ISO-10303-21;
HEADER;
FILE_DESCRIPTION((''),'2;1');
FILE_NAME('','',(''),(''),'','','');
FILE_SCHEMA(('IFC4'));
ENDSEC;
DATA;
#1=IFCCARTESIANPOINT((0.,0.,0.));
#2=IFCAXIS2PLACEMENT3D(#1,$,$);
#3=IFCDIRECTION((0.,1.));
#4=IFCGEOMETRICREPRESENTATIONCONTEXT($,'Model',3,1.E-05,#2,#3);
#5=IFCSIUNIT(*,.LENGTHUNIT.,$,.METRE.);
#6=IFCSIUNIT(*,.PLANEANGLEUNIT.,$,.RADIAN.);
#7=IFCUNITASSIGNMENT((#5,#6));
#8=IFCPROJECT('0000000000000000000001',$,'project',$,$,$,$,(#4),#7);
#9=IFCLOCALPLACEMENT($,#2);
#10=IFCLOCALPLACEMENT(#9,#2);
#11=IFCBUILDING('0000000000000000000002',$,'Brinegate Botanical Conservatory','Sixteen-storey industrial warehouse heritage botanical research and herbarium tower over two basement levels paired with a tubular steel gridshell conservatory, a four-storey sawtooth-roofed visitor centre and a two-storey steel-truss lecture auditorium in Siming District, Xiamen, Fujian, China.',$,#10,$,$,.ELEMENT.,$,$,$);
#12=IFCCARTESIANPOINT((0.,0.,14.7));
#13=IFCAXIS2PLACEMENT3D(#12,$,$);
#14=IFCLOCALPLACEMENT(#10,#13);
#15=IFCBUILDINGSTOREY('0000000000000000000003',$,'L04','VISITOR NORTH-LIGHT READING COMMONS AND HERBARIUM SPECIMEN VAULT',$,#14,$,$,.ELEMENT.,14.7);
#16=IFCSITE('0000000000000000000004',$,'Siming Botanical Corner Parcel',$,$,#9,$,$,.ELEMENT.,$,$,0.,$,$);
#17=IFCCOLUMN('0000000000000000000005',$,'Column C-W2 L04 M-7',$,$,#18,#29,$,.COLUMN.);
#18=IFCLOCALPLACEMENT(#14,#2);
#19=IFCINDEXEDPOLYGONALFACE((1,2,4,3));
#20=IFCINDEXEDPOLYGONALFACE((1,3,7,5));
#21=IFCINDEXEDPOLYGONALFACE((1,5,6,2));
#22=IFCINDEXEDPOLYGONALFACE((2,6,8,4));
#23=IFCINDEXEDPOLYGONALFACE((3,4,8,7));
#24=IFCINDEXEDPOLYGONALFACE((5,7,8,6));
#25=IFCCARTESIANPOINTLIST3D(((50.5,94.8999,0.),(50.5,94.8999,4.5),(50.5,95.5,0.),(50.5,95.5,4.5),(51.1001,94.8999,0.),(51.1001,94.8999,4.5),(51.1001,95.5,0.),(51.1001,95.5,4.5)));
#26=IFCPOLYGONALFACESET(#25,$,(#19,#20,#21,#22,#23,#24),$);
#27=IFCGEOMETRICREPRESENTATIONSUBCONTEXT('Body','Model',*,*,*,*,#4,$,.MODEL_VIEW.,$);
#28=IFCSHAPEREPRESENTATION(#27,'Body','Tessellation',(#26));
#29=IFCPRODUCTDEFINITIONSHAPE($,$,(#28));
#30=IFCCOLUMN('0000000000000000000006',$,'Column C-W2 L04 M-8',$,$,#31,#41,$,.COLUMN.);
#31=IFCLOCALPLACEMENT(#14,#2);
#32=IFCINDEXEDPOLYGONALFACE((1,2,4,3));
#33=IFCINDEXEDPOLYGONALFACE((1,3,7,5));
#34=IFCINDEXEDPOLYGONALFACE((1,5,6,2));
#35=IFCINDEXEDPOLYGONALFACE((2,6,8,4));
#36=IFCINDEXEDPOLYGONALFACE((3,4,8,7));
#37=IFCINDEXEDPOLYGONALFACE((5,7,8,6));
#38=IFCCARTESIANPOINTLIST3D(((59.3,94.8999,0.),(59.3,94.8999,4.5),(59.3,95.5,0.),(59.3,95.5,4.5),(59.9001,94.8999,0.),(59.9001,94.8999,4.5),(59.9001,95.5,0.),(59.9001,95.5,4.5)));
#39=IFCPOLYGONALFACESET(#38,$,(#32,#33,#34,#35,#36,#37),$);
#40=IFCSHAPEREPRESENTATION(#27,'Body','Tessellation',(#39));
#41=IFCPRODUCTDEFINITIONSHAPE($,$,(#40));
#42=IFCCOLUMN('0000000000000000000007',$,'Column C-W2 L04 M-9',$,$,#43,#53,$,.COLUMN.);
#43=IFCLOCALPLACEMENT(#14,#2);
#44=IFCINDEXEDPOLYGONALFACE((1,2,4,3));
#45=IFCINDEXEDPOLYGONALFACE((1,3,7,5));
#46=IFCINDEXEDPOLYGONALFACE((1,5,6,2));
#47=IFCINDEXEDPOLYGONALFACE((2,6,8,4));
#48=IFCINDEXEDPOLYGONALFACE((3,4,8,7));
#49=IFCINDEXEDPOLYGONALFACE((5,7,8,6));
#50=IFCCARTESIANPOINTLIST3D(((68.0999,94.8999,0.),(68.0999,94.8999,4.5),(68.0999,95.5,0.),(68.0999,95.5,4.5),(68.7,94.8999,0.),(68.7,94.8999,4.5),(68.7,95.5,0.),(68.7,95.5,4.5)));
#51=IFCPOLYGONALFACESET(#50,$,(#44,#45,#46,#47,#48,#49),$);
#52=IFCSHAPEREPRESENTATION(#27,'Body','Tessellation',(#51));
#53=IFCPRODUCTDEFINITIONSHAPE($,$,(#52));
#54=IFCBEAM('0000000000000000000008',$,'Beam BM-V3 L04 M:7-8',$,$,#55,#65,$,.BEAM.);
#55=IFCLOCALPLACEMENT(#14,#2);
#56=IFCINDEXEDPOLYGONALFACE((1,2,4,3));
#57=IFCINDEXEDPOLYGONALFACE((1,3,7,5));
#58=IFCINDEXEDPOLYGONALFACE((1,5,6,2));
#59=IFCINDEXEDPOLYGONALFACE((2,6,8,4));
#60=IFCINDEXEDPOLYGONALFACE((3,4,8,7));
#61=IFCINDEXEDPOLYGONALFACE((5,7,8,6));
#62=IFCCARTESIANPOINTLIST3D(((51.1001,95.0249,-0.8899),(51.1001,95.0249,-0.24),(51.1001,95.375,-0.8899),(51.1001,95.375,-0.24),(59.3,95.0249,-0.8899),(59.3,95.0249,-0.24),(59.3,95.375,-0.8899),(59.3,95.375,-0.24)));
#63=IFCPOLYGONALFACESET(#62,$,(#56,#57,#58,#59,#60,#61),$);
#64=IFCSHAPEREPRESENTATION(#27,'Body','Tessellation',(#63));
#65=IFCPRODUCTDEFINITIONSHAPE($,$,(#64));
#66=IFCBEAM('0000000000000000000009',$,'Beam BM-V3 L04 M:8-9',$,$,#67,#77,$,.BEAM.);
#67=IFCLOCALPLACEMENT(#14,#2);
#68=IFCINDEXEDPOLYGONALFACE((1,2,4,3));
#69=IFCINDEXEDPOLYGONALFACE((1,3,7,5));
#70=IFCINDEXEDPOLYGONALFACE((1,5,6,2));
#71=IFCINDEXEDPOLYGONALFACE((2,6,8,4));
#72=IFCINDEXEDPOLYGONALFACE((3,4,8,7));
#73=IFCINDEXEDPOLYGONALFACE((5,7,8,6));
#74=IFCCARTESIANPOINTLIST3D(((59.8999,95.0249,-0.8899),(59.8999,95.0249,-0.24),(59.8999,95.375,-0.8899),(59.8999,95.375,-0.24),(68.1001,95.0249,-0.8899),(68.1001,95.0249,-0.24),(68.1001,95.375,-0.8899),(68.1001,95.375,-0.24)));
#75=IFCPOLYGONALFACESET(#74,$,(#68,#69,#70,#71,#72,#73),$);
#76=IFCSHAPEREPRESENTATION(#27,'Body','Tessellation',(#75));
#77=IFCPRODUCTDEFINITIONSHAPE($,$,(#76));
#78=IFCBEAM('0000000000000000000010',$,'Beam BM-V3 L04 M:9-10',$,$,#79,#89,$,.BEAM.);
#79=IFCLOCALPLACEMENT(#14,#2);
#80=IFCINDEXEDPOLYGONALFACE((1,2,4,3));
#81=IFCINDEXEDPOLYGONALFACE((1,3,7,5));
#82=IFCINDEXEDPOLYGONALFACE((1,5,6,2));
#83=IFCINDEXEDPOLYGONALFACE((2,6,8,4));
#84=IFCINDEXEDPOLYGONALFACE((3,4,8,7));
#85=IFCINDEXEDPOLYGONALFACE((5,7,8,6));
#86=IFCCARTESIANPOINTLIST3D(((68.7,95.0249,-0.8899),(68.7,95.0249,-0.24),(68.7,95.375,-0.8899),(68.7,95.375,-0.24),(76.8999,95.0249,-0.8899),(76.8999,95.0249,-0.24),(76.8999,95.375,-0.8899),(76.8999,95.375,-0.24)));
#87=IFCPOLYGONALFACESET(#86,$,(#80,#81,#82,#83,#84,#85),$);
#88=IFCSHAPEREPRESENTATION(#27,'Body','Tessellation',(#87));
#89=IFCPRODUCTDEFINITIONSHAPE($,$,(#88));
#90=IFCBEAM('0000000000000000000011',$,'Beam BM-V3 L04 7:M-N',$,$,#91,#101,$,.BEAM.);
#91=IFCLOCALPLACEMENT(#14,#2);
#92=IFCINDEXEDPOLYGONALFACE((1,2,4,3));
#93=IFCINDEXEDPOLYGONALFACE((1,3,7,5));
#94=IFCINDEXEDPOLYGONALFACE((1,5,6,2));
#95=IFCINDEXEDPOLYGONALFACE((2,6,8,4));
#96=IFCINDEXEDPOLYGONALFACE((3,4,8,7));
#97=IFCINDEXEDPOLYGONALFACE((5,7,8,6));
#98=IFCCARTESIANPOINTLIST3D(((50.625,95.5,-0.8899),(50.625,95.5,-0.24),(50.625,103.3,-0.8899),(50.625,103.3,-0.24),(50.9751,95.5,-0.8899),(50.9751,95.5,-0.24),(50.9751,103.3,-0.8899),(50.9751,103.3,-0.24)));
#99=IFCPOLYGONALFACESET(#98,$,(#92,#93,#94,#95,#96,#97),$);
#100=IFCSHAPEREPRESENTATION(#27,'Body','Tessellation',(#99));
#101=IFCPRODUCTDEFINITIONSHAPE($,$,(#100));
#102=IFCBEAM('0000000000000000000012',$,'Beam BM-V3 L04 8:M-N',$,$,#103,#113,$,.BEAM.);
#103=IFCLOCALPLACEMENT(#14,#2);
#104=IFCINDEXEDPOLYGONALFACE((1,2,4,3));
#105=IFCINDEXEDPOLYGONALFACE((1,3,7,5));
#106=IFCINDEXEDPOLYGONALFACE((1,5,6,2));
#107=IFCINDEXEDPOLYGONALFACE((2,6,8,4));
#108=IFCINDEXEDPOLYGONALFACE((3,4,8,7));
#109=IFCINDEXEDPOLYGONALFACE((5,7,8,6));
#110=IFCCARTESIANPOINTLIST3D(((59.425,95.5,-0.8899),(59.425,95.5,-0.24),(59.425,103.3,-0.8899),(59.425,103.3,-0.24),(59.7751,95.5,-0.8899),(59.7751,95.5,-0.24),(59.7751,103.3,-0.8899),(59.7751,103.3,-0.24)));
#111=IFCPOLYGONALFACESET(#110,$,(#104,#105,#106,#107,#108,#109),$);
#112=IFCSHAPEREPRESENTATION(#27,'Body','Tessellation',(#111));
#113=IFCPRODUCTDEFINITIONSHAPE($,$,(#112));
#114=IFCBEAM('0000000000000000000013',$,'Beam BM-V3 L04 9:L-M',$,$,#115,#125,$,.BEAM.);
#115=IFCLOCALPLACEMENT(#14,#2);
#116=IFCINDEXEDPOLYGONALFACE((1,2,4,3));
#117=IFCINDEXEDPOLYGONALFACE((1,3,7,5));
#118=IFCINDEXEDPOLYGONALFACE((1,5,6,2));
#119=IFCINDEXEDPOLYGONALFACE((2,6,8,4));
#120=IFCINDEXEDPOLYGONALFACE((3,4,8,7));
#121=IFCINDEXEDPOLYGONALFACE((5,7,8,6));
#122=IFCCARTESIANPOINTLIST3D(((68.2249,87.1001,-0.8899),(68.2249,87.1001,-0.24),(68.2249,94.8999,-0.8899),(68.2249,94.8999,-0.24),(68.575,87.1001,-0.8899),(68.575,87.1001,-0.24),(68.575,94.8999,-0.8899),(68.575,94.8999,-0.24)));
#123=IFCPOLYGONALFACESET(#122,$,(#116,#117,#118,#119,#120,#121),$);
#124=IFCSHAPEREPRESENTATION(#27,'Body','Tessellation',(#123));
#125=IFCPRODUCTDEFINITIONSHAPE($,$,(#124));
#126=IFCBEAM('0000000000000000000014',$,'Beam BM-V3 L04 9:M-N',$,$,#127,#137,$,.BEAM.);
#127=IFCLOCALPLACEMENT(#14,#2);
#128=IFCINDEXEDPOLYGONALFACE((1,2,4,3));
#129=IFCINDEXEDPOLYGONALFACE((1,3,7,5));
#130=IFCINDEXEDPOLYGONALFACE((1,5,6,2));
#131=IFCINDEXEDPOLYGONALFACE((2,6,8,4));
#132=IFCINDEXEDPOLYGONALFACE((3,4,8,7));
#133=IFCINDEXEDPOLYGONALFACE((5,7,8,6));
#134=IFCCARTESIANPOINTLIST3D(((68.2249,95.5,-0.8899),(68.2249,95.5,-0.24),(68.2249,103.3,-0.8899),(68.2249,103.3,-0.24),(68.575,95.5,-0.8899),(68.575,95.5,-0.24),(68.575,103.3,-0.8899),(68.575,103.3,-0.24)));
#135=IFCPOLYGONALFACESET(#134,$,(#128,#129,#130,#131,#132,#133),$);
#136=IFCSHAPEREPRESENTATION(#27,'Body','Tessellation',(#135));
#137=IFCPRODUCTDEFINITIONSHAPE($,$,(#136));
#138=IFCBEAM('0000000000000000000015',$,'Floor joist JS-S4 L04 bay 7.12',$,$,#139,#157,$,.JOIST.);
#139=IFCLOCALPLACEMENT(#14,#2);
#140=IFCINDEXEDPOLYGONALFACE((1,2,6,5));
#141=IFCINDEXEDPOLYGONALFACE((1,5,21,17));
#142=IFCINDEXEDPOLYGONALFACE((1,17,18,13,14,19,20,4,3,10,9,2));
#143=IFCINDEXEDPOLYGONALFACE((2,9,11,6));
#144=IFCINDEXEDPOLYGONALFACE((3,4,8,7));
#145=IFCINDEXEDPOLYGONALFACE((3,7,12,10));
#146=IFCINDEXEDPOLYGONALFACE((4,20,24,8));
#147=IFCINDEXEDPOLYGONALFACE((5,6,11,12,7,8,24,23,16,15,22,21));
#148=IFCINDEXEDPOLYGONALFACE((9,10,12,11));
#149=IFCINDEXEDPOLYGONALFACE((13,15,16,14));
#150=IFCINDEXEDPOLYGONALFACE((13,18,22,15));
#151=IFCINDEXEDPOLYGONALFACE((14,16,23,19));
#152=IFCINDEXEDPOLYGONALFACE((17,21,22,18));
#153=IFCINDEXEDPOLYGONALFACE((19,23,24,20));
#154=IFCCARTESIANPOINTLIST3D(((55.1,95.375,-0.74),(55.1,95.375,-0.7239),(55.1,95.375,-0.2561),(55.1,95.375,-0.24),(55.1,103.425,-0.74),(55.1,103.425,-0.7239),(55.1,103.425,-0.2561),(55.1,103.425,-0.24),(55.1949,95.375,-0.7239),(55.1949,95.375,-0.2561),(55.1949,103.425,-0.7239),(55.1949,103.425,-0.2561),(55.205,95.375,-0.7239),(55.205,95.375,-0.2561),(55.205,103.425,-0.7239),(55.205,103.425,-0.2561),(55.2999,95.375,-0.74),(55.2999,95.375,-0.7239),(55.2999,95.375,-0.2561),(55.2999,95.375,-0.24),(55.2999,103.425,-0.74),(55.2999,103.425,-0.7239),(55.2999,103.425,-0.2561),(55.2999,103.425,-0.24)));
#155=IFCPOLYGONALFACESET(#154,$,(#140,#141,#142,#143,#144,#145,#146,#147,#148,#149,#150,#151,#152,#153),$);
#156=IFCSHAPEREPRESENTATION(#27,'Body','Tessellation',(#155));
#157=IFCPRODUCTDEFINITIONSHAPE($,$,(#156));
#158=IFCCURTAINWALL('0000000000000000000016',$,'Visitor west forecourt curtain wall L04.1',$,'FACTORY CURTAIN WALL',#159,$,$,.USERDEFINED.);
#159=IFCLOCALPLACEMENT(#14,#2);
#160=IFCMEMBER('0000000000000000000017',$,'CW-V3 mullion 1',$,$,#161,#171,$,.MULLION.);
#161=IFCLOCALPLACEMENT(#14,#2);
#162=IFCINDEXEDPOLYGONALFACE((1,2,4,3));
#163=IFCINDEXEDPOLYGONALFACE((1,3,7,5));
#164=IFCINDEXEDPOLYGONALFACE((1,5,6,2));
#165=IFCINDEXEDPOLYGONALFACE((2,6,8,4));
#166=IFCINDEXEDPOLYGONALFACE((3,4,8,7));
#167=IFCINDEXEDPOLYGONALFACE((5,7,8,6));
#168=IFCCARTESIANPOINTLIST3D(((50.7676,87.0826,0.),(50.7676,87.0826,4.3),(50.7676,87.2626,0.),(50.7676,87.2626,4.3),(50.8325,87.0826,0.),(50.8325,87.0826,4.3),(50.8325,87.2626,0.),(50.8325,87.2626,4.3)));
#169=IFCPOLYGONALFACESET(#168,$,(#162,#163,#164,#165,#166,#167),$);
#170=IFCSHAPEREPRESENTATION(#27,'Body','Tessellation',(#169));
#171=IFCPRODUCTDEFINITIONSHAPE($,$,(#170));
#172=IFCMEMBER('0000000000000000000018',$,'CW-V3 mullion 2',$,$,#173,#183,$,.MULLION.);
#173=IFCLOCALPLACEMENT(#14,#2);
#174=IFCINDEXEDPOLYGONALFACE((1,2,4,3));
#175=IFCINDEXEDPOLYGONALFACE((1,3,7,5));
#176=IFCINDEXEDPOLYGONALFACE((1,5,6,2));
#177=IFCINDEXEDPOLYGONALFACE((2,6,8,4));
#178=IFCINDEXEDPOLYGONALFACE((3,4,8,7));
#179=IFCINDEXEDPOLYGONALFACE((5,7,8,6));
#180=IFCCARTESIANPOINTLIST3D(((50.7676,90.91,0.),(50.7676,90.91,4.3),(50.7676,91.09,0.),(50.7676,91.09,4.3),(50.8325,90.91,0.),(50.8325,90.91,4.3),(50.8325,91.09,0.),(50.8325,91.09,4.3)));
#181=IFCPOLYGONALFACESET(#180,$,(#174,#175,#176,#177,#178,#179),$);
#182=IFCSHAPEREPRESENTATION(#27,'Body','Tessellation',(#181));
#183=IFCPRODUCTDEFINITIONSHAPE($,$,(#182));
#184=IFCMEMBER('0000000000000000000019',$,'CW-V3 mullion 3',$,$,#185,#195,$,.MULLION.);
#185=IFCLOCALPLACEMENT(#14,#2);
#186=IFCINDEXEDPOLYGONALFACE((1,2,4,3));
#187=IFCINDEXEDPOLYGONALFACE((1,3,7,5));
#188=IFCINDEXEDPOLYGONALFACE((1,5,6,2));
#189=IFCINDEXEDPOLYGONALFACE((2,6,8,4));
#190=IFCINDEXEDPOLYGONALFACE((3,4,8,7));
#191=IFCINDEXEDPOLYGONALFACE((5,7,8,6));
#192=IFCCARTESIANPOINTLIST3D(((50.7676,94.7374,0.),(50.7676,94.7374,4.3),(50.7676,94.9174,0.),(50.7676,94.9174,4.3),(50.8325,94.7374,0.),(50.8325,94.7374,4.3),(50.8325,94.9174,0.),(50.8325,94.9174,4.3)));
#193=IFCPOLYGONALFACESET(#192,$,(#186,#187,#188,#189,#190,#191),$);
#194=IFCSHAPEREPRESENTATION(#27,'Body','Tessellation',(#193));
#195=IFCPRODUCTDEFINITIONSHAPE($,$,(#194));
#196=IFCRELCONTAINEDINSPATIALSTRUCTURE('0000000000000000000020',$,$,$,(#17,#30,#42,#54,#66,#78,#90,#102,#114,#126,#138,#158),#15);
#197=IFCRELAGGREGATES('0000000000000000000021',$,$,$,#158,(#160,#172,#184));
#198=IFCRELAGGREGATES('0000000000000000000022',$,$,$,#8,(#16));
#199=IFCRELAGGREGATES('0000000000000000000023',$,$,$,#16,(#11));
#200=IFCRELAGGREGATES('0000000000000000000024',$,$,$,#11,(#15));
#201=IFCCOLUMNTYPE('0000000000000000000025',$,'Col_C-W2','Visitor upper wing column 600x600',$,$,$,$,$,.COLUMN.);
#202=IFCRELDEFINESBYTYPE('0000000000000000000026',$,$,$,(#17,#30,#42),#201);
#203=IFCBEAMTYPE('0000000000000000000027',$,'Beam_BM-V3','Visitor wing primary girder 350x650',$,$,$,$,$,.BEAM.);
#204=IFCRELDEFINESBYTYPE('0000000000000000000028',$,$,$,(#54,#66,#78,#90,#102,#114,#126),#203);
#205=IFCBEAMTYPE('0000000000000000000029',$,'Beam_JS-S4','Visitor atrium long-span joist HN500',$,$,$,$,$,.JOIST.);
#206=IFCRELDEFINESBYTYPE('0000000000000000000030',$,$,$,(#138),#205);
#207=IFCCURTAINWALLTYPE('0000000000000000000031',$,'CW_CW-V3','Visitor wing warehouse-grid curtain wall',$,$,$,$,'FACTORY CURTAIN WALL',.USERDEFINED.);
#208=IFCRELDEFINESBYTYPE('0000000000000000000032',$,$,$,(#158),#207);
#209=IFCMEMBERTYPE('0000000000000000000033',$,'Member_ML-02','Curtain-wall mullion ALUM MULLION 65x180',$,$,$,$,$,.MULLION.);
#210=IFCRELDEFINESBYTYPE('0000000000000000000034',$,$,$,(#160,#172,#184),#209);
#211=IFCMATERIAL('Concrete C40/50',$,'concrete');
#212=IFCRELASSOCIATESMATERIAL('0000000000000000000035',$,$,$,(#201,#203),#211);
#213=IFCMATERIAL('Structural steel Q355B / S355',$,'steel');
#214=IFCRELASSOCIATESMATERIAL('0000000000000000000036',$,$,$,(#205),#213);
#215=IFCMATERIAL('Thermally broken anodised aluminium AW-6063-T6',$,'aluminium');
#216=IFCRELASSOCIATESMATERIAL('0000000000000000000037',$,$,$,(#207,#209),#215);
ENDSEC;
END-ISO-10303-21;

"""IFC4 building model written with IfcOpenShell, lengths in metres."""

from ifc_helpers import new_model, si_unit, direction, frame, origin, origin_2d, place, context, subcontext, project, spatial, rectangle, i_section, extrude, material, material_profile, profile_set, type_object, element, aggregate, save


model = new_model("IFC4")

# Units and contexts
model_context = context("Model", 3, precision=1e-05, world=origin(), true_north=direction((0.0, 1.0)))
body_context = subcontext(model_context, "Body", "Model", "MODEL_VIEW")
ifc_project = project(units=[si_unit("LENGTHUNIT", "METRE"), si_unit("PLANEANGLEUNIT", "RADIAN")], contexts=[model_context])

# Site, building, storey
site_placement = place(None, origin())
site = spatial("IfcSite", under=ifc_project, at=site_placement, Name="Siming Botanical Corner Parcel", CompositionType="ELEMENT", RefElevation=0.0)
building_placement = place(site_placement, origin())
building = spatial("IfcBuilding", under=site, at=building_placement, Name="Brinegate Botanical Conservatory", Description="Sixteen-storey industrial warehouse heritage botanical research and herbarium tower over two basement levels paired with a tubular steel gridshell conservatory, a four-storey sawtooth-roofed visitor centre and a two-storey steel-truss lecture auditorium in Siming District, Xiamen, Fujian, China.", CompositionType="ELEMENT")
storey_placement = place(building_placement, frame((0.0, 0.0, 14.7)))
storey = spatial("IfcBuildingStorey", under=building, at=storey_placement, Name="L04", Description="VISITOR NORTH-LIGHT READING COMMONS AND HERBARIUM SPECIMEN VAULT", CompositionType="ELEMENT", Elevation=14.7)

# Columns
ifc_material_1 = material(Name="Concrete C40/50", Category="concrete")
ifc_material_profile_1 = material_profile(ifc_material_1, rectangle(XDim=0.6001, YDim=0.6001, at=origin_2d()), Name="RC COL 600x600")
ifc_profile_set_1 = profile_set([ifc_material_profile_1], Name="Concrete C40/50")
column_type = type_object("IfcColumnType", Name="Col_C-W2", Description="Visitor upper wing column 600x600", PredefinedType="COLUMN", material=ifc_profile_set_1)
for number, where, z_axis, x_axis, name in (
    (1, (50.8, 95.2, 0.0), (0.0, 0.0, 1.0), (1.0, 0.0, 0.0), "Column C-W2 L04 M-7"),
    (2, (59.6001, 95.2, 0.0), (0.0, 0.0, 1.0), (1.0, 0.0, 0.0), "Column C-W2 L04 M-8"),
    (3, (68.3999, 95.2, 0.0), (0.0, 0.0, 1.0), (1.0, 0.0, 0.0), "Column C-W2 L04 M-9"),
):
    element("IfcColumn", number, at=place(storey_placement, frame(where, z_axis=z_axis, x_axis=x_axis)), inside=storey, type_object=column_type, Name=name, PredefinedType="COLUMN", context=body_context, shape_type="SweptSolid", body=[
        extrude(rectangle(XDim=0.6001, YDim=0.6001, at=origin_2d()), origin(), (0.0, 0.0, 1.0), 4.5),
    ])

# Beams
ifc_material_profile_2 = material_profile(ifc_material_1, rectangle(XDim=0.3501, YDim=0.6499, at=origin_2d()), Name="RC BM 350x650")
ifc_profile_set_2 = profile_set([ifc_material_profile_2], Name="Concrete C40/50")
beam_type_1 = type_object("IfcBeamType", Name="Beam_BM-V3", Description="Visitor wing primary girder 350x650", PredefinedType="BEAM", material=ifc_profile_set_2)
beam_1_placement = place(storey_placement, frame((51.1001, 95.2, -0.5649), z_axis=(1.0, 0.0, 0.0), x_axis=(0.0, 1.0, 0.0)))
element("IfcBeam", 4, at=beam_1_placement, inside=storey, type_object=beam_type_1, Name="Beam BM-V3 L04 M:7-8", PredefinedType="BEAM", context=body_context, shape_type="SweptSolid", body=[
    extrude(rectangle(XDim=0.3501, YDim=0.6499, at=origin_2d()), origin(), (0.0, 0.0, 1.0), 8.2),
])
beam_2_placement = place(storey_placement, frame((59.8999, 95.2, -0.5649), z_axis=(1.0, 0.0, 0.0), x_axis=(0.0, 1.0, 0.0)))
element("IfcBeam", 5, at=beam_2_placement, inside=storey, type_object=beam_type_1, Name="Beam BM-V3 L04 M:8-9", PredefinedType="BEAM", context=body_context, shape_type="SweptSolid", body=[
    extrude(rectangle(XDim=0.3501, YDim=0.6499, at=origin_2d()), origin(), (0.0, 0.0, 1.0), 8.2002),
])
beam_3_placement = place(storey_placement, frame((68.7, 95.2, -0.5649), z_axis=(1.0, 0.0, 0.0), x_axis=(0.0, 1.0, 0.0)))
element("IfcBeam", 6, at=beam_3_placement, inside=storey, type_object=beam_type_1, Name="Beam BM-V3 L04 M:9-10", PredefinedType="BEAM", context=body_context, shape_type="SweptSolid", body=[
    extrude(rectangle(XDim=0.3501, YDim=0.6499, at=origin_2d()), origin(), (0.0, 0.0, 1.0), 8.2),
])
for number, where, z_axis, x_axis, name in (
    (7, (50.8, 95.5, -0.5649), (0.0, 1.0, 0.0), (-1.0, 0.0, 0.0), "Beam BM-V3 L04 7:M-N"),
    (8, (59.6001, 95.5, -0.5649), (0.0, 1.0, 0.0), (-1.0, 0.0, 0.0), "Beam BM-V3 L04 8:M-N"),
):
    element("IfcBeam", number, at=place(storey_placement, frame(where, z_axis=z_axis, x_axis=x_axis)), inside=storey, type_object=beam_type_1, Name=name, PredefinedType="BEAM", context=body_context, shape_type="SweptSolid", body=[
        extrude(rectangle(XDim=0.3501, YDim=0.6499, at=origin_2d()), origin(), (0.0, 0.0, 1.0), 7.8),
    ])
beam_4_placement = place(storey_placement, frame((68.3999, 87.1001, -0.5649), z_axis=(0.0, 1.0, 0.0), x_axis=(-1.0, 0.0, 0.0)))
element("IfcBeam", 9, at=beam_4_placement, inside=storey, type_object=beam_type_1, Name="Beam BM-V3 L04 9:L-M", PredefinedType="BEAM", context=body_context, shape_type="SweptSolid", body=[
    extrude(rectangle(XDim=0.3501, YDim=0.6499, at=origin_2d()), origin(), (0.0, 0.0, 1.0), 7.7998),
])
beam_5_placement = place(storey_placement, frame((68.3999, 95.5, -0.5649), z_axis=(0.0, 1.0, 0.0), x_axis=(-1.0, 0.0, 0.0)))
element("IfcBeam", 10, at=beam_5_placement, inside=storey, type_object=beam_type_1, Name="Beam BM-V3 L04 9:M-N", PredefinedType="BEAM", context=body_context, shape_type="SweptSolid", body=[
    extrude(rectangle(XDim=0.3501, YDim=0.6499, at=origin_2d()), origin(), (0.0, 0.0, 1.0), 7.8),
])
ifc_material_2 = material(Name="Structural steel Q355B / S355", Category="steel")
ifc_material_profile_3 = material_profile(ifc_material_2, i_section(OverallWidth=0.2, OverallDepth=0.5, WebThickness=0.01, FlangeThickness=0.0161, at=origin_2d()), Name="HN 500x200x10x16")
ifc_profile_set_3 = profile_set([ifc_material_profile_3], Name="Structural steel Q355B / S355")
beam_type_2 = type_object("IfcBeamType", Name="Beam_JS-S4", Description="Visitor atrium long-span joist HN500", PredefinedType="JOIST", material=ifc_profile_set_3)
beam_6_placement = place(storey_placement, frame((55.2, 95.375, -0.49), z_axis=(0.0, 1.0, 0.0), x_axis=(-1.0, 0.0, 0.0)))
element("IfcBeam", 11, at=beam_6_placement, inside=storey, type_object=beam_type_2, Name="Floor joist JS-S4 L04 bay 7.12", PredefinedType="JOIST", context=body_context, shape_type="SweptSolid", body=[
    extrude(i_section(OverallWidth=0.2, OverallDepth=0.5, WebThickness=0.01, FlangeThickness=0.0161, at=origin_2d()), origin(), (0.0, 0.0, 1.0), 8.05),
])

# Curtain wall, members
ifc_material_3 = material(Name="Thermally broken anodised aluminium AW-6063-T6", Category="aluminium")
curtain_wall_type = type_object("IfcCurtainWallType", Name="CW_CW-V3", Description="Visitor wing warehouse-grid curtain wall", ElementType="FACTORY CURTAIN WALL", PredefinedType="USERDEFINED", material=ifc_material_3)
curtain_wall_placement = place(storey_placement, origin())
curtain_wall = element("IfcCurtainWall", 12, at=curtain_wall_placement, inside=storey, type_object=curtain_wall_type, Name="Visitor west forecourt curtain wall L04.1", ObjectType="FACTORY CURTAIN WALL", PredefinedType="USERDEFINED")
ifc_material_profile_4 = material_profile(ifc_material_3, rectangle(XDim=0.0649, YDim=0.1799, at=origin_2d()), Name="ALUM MULLION 65x180")
ifc_profile_set_4 = profile_set([ifc_material_profile_4], Name="Thermally broken anodised aluminium AW-6063-T6")
member_type_1 = type_object("IfcMemberType", Name="Member_ML-02", Description="Curtain-wall mullion ALUM MULLION 65x180", PredefinedType="MULLION", material=ifc_profile_set_4)
member_1_placement = place(storey_placement, frame((50.8, 87.1726, 0.0), z_axis=(0.0, 0.0, 1.0), x_axis=(-1.0, 0.0, 0.0)))
member_1 = element("IfcMember", 13, at=member_1_placement, type_object=member_type_1, Name="CW-V3 mullion 1", PredefinedType="MULLION", context=body_context, shape_type="SweptSolid", body=[
    extrude(rectangle(XDim=0.0649, YDim=0.1799, at=origin_2d()), origin(), (0.0, 0.0, 1.0), 4.3),
])
member_2_placement = place(storey_placement, frame((50.8, 91.0, 0.0), z_axis=(0.0, 0.0, 1.0), x_axis=(-1.0, 0.0, 0.0)))
member_2 = element("IfcMember", 14, at=member_2_placement, type_object=member_type_1, Name="CW-V3 mullion 2", PredefinedType="MULLION", context=body_context, shape_type="SweptSolid", body=[
    extrude(rectangle(XDim=0.0649, YDim=0.1799, at=origin_2d()), origin(), (0.0, 0.0, 1.0), 4.3),
])
member_3_placement = place(storey_placement, frame((50.8, 94.8274, 0.0), z_axis=(0.0, 0.0, 1.0), x_axis=(-1.0, 0.0, 0.0)))
member_3 = element("IfcMember", 15, at=member_3_placement, type_object=member_type_1, Name="CW-V3 mullion 3", PredefinedType="MULLION", context=body_context, shape_type="SweptSolid", body=[
    extrude(rectangle(XDim=0.0649, YDim=0.1799, at=origin_2d()), origin(), (0.0, 0.0, 1.0), 4.3),
])
aggregate(curtain_wall, [member_1, member_2, member_3])

save(model, "model.ifc")
